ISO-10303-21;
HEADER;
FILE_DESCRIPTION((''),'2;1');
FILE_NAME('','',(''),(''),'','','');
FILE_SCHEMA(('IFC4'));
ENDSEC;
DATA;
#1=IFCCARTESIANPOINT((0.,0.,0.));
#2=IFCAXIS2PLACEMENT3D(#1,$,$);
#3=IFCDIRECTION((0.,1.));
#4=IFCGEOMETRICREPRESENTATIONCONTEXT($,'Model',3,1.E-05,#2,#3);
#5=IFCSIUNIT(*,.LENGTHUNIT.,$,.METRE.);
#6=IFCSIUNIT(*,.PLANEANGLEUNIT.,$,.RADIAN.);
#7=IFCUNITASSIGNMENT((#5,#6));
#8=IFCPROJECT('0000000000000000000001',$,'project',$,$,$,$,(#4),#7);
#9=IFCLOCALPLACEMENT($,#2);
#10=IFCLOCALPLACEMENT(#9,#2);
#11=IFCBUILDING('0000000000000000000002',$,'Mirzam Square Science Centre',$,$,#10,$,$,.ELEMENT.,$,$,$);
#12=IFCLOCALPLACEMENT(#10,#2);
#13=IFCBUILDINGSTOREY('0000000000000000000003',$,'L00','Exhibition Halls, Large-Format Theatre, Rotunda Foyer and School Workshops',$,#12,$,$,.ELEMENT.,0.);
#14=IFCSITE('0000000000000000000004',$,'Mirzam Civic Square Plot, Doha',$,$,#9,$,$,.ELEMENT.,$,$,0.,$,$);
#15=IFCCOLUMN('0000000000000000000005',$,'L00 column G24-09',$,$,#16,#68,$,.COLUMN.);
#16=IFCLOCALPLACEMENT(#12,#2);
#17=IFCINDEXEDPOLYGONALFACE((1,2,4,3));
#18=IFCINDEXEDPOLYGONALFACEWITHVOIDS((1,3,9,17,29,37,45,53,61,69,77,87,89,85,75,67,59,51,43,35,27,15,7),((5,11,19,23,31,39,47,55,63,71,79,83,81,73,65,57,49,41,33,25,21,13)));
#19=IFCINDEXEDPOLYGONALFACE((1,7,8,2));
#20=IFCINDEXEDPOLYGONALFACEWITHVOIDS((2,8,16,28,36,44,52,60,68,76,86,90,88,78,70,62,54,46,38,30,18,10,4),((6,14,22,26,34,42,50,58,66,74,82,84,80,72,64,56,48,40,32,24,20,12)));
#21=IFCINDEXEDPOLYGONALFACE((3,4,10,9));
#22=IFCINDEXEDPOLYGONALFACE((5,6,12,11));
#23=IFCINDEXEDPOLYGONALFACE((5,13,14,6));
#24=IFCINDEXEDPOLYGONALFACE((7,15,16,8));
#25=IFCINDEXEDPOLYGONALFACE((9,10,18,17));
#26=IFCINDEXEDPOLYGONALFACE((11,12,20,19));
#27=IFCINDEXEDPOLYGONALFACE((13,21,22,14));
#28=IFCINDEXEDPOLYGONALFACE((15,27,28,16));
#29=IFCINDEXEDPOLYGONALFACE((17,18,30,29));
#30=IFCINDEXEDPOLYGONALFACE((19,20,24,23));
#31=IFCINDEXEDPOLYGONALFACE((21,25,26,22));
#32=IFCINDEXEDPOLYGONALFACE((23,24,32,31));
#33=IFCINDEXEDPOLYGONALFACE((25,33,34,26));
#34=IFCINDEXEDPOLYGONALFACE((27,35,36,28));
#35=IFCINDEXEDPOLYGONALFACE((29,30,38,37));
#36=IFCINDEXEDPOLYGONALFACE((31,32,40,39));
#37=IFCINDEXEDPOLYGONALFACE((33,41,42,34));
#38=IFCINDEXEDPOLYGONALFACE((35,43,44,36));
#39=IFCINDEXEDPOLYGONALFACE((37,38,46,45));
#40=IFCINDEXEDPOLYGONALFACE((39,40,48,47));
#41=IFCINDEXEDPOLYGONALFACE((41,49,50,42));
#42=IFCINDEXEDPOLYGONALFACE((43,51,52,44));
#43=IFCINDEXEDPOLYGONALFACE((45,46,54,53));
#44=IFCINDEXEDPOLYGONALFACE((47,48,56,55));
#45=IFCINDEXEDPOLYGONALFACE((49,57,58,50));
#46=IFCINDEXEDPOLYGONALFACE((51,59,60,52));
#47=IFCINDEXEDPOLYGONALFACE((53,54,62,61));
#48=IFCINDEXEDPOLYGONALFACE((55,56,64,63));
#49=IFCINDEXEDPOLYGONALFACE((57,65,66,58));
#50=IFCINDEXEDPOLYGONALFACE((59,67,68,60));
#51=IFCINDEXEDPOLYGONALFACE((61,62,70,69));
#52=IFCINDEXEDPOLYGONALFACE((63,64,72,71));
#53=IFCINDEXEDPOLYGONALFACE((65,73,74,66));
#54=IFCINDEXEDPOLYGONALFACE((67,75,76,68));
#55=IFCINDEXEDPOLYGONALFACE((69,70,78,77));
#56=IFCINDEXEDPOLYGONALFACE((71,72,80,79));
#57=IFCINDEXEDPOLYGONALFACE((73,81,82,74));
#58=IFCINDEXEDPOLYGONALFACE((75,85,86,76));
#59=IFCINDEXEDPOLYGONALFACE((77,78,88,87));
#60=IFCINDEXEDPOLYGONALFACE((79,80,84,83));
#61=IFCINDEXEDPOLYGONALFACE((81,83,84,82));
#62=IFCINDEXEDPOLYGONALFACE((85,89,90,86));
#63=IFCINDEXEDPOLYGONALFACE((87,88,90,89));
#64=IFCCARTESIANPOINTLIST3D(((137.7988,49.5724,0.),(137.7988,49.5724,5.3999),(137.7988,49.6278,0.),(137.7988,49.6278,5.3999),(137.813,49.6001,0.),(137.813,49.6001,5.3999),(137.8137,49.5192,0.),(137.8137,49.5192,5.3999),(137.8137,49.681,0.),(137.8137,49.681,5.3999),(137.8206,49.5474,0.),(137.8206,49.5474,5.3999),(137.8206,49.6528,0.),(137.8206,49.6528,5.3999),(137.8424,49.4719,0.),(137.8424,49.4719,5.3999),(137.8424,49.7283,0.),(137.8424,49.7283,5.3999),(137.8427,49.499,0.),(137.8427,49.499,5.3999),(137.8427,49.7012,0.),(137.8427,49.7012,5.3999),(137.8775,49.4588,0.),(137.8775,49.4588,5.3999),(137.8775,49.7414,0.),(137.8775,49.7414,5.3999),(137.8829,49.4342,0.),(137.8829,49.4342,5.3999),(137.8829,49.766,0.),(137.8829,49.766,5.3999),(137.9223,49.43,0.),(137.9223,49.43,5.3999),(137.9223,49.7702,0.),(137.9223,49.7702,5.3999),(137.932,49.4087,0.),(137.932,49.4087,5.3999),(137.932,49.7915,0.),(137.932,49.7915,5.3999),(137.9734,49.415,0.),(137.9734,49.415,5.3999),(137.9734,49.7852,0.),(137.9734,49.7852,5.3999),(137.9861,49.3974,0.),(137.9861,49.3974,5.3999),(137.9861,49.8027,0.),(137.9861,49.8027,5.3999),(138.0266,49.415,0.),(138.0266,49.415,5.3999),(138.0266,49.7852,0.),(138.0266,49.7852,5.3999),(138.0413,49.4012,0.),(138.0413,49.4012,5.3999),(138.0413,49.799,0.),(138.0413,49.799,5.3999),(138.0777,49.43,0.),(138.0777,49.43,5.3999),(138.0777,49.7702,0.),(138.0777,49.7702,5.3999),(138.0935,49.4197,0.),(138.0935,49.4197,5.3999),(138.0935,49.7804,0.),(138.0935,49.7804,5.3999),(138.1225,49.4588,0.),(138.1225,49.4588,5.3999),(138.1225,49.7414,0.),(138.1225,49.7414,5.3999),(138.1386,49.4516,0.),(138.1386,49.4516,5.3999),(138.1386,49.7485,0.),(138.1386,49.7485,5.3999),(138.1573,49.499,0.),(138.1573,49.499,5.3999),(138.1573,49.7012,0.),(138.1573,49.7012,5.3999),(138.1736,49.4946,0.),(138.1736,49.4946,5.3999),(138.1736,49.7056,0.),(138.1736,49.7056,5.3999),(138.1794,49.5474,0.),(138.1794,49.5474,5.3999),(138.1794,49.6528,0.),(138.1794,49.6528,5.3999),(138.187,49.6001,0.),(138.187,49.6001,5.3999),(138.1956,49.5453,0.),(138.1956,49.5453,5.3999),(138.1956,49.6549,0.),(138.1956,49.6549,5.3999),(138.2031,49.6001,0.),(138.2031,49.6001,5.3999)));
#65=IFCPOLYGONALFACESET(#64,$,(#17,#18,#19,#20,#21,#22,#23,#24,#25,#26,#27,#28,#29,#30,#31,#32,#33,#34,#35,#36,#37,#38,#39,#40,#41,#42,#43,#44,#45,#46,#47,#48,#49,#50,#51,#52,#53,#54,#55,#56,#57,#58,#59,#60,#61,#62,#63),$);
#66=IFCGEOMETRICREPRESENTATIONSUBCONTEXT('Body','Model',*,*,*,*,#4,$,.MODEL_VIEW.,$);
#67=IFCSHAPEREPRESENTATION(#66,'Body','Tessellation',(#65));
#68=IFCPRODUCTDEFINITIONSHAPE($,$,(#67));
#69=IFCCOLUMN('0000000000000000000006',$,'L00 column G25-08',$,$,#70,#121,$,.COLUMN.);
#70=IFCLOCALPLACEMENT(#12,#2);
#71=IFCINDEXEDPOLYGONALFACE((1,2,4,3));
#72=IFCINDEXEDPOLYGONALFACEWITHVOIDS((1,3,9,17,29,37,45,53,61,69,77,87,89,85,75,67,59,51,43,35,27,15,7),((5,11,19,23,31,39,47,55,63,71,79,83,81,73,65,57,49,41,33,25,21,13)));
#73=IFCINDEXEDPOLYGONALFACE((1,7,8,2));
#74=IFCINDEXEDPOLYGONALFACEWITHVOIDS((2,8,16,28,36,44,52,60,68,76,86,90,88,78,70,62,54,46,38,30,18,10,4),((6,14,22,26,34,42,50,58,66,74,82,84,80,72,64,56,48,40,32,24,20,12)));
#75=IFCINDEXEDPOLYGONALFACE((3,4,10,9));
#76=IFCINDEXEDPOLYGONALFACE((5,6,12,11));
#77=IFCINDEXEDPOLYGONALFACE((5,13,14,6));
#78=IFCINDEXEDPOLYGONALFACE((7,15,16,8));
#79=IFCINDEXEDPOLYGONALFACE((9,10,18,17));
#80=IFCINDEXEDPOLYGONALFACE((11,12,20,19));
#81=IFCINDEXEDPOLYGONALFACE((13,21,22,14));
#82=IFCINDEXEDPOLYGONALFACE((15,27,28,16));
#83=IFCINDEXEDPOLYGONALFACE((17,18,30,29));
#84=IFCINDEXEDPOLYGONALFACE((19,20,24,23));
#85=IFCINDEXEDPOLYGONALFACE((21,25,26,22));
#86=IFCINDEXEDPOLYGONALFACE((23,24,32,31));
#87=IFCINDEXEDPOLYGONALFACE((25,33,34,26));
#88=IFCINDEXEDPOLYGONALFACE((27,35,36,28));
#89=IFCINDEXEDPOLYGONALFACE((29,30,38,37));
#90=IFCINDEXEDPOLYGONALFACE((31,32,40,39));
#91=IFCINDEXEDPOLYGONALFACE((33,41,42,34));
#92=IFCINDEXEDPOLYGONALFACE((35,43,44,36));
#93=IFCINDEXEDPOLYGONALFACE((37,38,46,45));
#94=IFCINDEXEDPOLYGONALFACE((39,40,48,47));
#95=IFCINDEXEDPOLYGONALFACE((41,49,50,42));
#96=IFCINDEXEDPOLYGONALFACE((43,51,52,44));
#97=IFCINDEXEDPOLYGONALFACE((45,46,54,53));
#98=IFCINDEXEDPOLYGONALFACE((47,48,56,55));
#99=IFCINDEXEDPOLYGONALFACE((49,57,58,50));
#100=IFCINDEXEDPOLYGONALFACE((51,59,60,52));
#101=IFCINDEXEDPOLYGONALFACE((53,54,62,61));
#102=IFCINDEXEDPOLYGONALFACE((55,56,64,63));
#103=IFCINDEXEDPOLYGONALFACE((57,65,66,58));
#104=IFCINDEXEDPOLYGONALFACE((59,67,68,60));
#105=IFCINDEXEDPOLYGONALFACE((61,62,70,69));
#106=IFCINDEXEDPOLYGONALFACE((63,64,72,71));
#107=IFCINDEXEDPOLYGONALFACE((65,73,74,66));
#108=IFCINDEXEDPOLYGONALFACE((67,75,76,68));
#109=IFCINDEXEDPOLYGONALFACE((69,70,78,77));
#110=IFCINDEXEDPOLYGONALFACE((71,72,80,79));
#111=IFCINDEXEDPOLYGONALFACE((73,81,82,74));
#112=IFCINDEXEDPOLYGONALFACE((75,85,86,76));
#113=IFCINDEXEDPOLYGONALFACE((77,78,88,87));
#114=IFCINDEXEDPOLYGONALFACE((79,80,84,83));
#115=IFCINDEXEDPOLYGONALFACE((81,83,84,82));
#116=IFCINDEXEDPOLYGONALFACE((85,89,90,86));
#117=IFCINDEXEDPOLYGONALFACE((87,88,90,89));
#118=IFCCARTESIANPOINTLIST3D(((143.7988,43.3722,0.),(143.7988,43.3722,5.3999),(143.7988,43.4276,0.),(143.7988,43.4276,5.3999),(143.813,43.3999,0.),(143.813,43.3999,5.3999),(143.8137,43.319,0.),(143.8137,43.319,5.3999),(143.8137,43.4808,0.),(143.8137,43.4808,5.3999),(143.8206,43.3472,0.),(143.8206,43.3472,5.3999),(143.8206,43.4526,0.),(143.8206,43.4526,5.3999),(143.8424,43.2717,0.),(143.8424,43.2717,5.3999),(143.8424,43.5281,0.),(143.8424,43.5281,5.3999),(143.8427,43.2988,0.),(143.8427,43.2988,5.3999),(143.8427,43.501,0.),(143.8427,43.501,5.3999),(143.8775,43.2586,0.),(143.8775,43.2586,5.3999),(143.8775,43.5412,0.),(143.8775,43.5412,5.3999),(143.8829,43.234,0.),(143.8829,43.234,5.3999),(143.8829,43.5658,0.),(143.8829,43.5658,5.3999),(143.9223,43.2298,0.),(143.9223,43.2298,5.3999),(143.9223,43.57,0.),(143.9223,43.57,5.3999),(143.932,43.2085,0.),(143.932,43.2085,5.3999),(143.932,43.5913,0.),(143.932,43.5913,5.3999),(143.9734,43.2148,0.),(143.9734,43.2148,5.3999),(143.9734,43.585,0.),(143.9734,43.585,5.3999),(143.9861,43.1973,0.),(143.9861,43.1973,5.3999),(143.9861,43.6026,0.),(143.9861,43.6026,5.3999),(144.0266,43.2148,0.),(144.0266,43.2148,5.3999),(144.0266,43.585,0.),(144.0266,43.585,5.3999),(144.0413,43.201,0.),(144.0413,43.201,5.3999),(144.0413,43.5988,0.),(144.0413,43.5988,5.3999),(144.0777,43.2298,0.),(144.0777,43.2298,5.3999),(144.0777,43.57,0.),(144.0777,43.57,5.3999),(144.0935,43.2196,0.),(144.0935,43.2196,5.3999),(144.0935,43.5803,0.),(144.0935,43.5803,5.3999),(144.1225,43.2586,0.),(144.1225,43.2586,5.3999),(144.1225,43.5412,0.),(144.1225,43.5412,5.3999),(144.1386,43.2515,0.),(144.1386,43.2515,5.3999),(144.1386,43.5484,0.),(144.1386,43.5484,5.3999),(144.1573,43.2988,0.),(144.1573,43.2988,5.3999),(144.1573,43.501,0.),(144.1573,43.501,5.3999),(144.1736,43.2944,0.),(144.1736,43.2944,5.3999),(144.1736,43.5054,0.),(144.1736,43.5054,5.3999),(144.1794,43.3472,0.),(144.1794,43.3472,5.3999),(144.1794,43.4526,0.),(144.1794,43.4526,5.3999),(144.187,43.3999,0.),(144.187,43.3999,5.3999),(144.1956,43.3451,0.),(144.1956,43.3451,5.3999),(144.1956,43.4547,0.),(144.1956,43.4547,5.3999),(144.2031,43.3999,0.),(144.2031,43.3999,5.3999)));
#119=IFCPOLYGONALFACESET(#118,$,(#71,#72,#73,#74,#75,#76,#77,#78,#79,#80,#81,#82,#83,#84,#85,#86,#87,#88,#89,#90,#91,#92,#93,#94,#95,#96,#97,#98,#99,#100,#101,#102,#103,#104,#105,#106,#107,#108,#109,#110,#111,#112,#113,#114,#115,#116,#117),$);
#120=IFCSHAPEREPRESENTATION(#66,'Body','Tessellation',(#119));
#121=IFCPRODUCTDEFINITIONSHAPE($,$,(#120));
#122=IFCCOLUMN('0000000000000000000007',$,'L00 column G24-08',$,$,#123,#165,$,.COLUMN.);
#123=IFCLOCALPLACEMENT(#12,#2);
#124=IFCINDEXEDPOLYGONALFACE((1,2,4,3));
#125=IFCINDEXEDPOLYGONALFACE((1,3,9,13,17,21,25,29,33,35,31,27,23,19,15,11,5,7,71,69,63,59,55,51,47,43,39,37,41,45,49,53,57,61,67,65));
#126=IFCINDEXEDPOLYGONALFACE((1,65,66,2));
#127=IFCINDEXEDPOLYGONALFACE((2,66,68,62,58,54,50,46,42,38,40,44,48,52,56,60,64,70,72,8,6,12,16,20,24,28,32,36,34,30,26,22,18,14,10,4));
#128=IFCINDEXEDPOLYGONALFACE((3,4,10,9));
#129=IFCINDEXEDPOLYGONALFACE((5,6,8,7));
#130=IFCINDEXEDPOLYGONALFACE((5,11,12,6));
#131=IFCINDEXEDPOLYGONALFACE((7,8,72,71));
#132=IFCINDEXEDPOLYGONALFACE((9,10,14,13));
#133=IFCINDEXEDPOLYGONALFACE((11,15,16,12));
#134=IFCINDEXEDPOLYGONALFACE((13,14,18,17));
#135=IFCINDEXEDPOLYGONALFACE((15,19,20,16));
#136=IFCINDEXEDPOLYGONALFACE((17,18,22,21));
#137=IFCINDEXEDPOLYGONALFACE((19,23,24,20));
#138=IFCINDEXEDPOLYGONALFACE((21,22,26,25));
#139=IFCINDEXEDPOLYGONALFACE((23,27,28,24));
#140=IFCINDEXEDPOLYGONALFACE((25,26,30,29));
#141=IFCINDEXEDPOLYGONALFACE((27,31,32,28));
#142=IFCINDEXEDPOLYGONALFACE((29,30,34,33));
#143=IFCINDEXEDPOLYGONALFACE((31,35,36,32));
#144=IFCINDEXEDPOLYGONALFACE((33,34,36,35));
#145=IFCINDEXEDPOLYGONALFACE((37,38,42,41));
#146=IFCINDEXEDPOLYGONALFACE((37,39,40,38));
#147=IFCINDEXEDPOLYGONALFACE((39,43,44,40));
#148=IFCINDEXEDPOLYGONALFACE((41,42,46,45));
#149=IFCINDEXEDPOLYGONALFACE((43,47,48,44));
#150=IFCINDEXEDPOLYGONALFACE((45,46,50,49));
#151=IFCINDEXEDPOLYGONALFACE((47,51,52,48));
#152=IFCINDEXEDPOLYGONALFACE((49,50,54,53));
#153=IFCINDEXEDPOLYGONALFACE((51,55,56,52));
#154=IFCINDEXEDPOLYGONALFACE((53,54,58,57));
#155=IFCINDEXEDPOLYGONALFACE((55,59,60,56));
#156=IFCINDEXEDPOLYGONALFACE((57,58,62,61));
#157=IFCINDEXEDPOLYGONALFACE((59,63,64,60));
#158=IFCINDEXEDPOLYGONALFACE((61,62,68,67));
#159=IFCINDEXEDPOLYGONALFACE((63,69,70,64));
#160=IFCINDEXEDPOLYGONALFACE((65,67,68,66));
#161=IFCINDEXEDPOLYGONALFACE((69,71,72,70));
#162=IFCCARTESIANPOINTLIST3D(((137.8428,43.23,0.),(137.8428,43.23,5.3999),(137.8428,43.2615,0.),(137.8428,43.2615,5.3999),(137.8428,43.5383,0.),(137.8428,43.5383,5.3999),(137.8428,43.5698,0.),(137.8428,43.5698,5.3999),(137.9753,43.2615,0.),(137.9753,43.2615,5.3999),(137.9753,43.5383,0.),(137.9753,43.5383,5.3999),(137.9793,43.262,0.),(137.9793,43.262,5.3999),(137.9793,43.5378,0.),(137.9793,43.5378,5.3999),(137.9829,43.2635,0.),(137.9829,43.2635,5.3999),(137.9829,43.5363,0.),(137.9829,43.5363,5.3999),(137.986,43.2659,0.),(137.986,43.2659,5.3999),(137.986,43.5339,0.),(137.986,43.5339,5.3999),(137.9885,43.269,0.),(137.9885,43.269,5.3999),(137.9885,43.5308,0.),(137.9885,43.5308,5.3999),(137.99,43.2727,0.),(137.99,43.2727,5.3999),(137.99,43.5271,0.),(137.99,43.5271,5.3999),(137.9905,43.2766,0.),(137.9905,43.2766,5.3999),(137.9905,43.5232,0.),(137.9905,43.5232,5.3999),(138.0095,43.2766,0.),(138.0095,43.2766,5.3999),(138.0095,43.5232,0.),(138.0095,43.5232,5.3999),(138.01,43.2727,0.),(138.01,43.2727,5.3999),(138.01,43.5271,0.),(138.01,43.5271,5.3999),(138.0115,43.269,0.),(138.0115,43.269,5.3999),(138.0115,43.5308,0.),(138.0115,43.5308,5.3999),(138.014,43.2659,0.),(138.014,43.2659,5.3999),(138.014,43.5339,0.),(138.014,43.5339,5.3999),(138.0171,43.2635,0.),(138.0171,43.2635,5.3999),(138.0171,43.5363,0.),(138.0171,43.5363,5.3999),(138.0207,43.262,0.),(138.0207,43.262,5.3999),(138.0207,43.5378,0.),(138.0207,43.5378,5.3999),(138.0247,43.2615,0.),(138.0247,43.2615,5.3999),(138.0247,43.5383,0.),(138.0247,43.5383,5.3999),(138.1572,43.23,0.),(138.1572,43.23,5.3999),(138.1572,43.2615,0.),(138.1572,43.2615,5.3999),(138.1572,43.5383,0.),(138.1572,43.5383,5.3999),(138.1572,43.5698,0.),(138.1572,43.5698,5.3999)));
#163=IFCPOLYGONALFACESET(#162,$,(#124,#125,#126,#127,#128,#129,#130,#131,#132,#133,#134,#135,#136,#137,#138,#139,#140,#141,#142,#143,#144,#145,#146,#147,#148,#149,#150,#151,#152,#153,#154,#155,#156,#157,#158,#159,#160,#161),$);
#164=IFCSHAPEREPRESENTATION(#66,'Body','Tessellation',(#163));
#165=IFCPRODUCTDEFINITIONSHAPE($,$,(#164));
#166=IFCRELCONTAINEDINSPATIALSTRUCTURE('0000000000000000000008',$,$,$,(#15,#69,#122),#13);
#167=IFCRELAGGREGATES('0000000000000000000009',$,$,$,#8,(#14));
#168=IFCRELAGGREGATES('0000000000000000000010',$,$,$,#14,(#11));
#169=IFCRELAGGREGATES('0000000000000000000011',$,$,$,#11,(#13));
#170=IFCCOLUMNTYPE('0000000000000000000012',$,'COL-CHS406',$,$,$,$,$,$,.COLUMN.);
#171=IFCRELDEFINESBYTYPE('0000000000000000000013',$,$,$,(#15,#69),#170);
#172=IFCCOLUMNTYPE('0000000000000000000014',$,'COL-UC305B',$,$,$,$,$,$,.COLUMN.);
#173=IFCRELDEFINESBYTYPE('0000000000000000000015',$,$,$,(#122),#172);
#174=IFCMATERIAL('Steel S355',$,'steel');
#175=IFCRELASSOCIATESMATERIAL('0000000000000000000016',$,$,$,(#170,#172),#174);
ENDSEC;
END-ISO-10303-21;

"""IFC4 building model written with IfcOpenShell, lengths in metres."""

from ifc_helpers import new_model, si_unit, direction, frame, origin, origin_2d, place, context, subcontext, project, spatial, hollow_circle, i_section, extrude, material, material_profile, profile_set, type_object, element, save


model = new_model("IFC4")

# Units and contexts
model_context = context("Model", 3, precision=1e-05, world=origin(), true_north=direction((0.0, 1.0)))
body_context = subcontext(model_context, "Body", "Model", "MODEL_VIEW")
ifc_project = project(units=[si_unit("LENGTHUNIT", "METRE"), si_unit("PLANEANGLEUNIT", "RADIAN")], contexts=[model_context])

# Site, building, storey
site_placement = place(None, origin())
site = spatial("IfcSite", under=ifc_project, at=site_placement, Name="Mirzam Civic Square Plot, Doha", CompositionType="ELEMENT", RefElevation=0.0)
building_placement = place(site_placement, origin())
building = spatial("IfcBuilding", under=site, at=building_placement, Name="Mirzam Square Science Centre", CompositionType="ELEMENT")
storey_placement = place(building_placement, origin())
storey = spatial("IfcBuildingStorey", under=building, at=storey_placement, Name="L00", Description="Exhibition Halls, Large-Format Theatre, Rotunda Foyer and School Workshops", CompositionType="ELEMENT", Elevation=0.0)

# Columns
ifc_material_1 = material(Name="Steel S355", Category="steel")
ifc_material_profile_1 = material_profile(ifc_material_1, hollow_circle(Radius=0.2031, WallThickness=0.0161, at=origin_2d()), Name="406.4x16.0CHS")
ifc_profile_set_1 = profile_set([ifc_material_profile_1], Name="Steel S355")
column_type_1 = type_object("IfcColumnType", Name="COL-CHS406", PredefinedType="COLUMN", material=ifc_profile_set_1)
for number, where, z_axis, x_axis, name in (
    (1, (138.0, 49.6001, 0.0), (0.0, 0.0, 1.0), (1.0, 0.0, 0.0), "L00 column G24-09"),
    (2, (144.0, 43.3999, 0.0), (0.0, 0.0, 1.0), (1.0, 0.0, 0.0), "L00 column G25-08"),
):
    element("IfcColumn", number, at=place(storey_placement, frame(where, z_axis=z_axis, x_axis=x_axis)), inside=storey, type_object=column_type_1, Name=name, PredefinedType="COLUMN", context=body_context, shape_type="SweptSolid", body=[
        extrude(hollow_circle(Radius=0.2031, WallThickness=0.0161, at=origin_2d()), origin(), (0.0, 0.0, 1.0), 5.3999),
    ])
ifc_material_profile_2 = material_profile(ifc_material_1, i_section(OverallWidth=0.3145, OverallDepth=0.3398, WebThickness=0.019, FlangeThickness=0.0315, FilletRadius=0.0151, at=origin_2d()), Name="305x305x198UC")
ifc_profile_set_2 = profile_set([ifc_material_profile_2], Name="Steel S355")
column_type_2 = type_object("IfcColumnType", Name="COL-UC305B", PredefinedType="COLUMN", material=ifc_profile_set_2)
column_placement = place(storey_placement, frame((138.0, 43.3999, 0.0), z_axis=(0.0, 0.0, 1.0), x_axis=(1.0, 0.0, 0.0)))
element("IfcColumn", 3, at=column_placement, inside=storey, type_object=column_type_2, Name="L00 column G24-08", PredefinedType="COLUMN", context=body_context, shape_type="SweptSolid", body=[
    extrude(i_section(OverallWidth=0.3145, OverallDepth=0.3398, WebThickness=0.019, FlangeThickness=0.0315, FilletRadius=0.0151, at=origin_2d()), origin(), (0.0, 0.0, 1.0), 5.3999),
])

save(model, "model.ifc")
